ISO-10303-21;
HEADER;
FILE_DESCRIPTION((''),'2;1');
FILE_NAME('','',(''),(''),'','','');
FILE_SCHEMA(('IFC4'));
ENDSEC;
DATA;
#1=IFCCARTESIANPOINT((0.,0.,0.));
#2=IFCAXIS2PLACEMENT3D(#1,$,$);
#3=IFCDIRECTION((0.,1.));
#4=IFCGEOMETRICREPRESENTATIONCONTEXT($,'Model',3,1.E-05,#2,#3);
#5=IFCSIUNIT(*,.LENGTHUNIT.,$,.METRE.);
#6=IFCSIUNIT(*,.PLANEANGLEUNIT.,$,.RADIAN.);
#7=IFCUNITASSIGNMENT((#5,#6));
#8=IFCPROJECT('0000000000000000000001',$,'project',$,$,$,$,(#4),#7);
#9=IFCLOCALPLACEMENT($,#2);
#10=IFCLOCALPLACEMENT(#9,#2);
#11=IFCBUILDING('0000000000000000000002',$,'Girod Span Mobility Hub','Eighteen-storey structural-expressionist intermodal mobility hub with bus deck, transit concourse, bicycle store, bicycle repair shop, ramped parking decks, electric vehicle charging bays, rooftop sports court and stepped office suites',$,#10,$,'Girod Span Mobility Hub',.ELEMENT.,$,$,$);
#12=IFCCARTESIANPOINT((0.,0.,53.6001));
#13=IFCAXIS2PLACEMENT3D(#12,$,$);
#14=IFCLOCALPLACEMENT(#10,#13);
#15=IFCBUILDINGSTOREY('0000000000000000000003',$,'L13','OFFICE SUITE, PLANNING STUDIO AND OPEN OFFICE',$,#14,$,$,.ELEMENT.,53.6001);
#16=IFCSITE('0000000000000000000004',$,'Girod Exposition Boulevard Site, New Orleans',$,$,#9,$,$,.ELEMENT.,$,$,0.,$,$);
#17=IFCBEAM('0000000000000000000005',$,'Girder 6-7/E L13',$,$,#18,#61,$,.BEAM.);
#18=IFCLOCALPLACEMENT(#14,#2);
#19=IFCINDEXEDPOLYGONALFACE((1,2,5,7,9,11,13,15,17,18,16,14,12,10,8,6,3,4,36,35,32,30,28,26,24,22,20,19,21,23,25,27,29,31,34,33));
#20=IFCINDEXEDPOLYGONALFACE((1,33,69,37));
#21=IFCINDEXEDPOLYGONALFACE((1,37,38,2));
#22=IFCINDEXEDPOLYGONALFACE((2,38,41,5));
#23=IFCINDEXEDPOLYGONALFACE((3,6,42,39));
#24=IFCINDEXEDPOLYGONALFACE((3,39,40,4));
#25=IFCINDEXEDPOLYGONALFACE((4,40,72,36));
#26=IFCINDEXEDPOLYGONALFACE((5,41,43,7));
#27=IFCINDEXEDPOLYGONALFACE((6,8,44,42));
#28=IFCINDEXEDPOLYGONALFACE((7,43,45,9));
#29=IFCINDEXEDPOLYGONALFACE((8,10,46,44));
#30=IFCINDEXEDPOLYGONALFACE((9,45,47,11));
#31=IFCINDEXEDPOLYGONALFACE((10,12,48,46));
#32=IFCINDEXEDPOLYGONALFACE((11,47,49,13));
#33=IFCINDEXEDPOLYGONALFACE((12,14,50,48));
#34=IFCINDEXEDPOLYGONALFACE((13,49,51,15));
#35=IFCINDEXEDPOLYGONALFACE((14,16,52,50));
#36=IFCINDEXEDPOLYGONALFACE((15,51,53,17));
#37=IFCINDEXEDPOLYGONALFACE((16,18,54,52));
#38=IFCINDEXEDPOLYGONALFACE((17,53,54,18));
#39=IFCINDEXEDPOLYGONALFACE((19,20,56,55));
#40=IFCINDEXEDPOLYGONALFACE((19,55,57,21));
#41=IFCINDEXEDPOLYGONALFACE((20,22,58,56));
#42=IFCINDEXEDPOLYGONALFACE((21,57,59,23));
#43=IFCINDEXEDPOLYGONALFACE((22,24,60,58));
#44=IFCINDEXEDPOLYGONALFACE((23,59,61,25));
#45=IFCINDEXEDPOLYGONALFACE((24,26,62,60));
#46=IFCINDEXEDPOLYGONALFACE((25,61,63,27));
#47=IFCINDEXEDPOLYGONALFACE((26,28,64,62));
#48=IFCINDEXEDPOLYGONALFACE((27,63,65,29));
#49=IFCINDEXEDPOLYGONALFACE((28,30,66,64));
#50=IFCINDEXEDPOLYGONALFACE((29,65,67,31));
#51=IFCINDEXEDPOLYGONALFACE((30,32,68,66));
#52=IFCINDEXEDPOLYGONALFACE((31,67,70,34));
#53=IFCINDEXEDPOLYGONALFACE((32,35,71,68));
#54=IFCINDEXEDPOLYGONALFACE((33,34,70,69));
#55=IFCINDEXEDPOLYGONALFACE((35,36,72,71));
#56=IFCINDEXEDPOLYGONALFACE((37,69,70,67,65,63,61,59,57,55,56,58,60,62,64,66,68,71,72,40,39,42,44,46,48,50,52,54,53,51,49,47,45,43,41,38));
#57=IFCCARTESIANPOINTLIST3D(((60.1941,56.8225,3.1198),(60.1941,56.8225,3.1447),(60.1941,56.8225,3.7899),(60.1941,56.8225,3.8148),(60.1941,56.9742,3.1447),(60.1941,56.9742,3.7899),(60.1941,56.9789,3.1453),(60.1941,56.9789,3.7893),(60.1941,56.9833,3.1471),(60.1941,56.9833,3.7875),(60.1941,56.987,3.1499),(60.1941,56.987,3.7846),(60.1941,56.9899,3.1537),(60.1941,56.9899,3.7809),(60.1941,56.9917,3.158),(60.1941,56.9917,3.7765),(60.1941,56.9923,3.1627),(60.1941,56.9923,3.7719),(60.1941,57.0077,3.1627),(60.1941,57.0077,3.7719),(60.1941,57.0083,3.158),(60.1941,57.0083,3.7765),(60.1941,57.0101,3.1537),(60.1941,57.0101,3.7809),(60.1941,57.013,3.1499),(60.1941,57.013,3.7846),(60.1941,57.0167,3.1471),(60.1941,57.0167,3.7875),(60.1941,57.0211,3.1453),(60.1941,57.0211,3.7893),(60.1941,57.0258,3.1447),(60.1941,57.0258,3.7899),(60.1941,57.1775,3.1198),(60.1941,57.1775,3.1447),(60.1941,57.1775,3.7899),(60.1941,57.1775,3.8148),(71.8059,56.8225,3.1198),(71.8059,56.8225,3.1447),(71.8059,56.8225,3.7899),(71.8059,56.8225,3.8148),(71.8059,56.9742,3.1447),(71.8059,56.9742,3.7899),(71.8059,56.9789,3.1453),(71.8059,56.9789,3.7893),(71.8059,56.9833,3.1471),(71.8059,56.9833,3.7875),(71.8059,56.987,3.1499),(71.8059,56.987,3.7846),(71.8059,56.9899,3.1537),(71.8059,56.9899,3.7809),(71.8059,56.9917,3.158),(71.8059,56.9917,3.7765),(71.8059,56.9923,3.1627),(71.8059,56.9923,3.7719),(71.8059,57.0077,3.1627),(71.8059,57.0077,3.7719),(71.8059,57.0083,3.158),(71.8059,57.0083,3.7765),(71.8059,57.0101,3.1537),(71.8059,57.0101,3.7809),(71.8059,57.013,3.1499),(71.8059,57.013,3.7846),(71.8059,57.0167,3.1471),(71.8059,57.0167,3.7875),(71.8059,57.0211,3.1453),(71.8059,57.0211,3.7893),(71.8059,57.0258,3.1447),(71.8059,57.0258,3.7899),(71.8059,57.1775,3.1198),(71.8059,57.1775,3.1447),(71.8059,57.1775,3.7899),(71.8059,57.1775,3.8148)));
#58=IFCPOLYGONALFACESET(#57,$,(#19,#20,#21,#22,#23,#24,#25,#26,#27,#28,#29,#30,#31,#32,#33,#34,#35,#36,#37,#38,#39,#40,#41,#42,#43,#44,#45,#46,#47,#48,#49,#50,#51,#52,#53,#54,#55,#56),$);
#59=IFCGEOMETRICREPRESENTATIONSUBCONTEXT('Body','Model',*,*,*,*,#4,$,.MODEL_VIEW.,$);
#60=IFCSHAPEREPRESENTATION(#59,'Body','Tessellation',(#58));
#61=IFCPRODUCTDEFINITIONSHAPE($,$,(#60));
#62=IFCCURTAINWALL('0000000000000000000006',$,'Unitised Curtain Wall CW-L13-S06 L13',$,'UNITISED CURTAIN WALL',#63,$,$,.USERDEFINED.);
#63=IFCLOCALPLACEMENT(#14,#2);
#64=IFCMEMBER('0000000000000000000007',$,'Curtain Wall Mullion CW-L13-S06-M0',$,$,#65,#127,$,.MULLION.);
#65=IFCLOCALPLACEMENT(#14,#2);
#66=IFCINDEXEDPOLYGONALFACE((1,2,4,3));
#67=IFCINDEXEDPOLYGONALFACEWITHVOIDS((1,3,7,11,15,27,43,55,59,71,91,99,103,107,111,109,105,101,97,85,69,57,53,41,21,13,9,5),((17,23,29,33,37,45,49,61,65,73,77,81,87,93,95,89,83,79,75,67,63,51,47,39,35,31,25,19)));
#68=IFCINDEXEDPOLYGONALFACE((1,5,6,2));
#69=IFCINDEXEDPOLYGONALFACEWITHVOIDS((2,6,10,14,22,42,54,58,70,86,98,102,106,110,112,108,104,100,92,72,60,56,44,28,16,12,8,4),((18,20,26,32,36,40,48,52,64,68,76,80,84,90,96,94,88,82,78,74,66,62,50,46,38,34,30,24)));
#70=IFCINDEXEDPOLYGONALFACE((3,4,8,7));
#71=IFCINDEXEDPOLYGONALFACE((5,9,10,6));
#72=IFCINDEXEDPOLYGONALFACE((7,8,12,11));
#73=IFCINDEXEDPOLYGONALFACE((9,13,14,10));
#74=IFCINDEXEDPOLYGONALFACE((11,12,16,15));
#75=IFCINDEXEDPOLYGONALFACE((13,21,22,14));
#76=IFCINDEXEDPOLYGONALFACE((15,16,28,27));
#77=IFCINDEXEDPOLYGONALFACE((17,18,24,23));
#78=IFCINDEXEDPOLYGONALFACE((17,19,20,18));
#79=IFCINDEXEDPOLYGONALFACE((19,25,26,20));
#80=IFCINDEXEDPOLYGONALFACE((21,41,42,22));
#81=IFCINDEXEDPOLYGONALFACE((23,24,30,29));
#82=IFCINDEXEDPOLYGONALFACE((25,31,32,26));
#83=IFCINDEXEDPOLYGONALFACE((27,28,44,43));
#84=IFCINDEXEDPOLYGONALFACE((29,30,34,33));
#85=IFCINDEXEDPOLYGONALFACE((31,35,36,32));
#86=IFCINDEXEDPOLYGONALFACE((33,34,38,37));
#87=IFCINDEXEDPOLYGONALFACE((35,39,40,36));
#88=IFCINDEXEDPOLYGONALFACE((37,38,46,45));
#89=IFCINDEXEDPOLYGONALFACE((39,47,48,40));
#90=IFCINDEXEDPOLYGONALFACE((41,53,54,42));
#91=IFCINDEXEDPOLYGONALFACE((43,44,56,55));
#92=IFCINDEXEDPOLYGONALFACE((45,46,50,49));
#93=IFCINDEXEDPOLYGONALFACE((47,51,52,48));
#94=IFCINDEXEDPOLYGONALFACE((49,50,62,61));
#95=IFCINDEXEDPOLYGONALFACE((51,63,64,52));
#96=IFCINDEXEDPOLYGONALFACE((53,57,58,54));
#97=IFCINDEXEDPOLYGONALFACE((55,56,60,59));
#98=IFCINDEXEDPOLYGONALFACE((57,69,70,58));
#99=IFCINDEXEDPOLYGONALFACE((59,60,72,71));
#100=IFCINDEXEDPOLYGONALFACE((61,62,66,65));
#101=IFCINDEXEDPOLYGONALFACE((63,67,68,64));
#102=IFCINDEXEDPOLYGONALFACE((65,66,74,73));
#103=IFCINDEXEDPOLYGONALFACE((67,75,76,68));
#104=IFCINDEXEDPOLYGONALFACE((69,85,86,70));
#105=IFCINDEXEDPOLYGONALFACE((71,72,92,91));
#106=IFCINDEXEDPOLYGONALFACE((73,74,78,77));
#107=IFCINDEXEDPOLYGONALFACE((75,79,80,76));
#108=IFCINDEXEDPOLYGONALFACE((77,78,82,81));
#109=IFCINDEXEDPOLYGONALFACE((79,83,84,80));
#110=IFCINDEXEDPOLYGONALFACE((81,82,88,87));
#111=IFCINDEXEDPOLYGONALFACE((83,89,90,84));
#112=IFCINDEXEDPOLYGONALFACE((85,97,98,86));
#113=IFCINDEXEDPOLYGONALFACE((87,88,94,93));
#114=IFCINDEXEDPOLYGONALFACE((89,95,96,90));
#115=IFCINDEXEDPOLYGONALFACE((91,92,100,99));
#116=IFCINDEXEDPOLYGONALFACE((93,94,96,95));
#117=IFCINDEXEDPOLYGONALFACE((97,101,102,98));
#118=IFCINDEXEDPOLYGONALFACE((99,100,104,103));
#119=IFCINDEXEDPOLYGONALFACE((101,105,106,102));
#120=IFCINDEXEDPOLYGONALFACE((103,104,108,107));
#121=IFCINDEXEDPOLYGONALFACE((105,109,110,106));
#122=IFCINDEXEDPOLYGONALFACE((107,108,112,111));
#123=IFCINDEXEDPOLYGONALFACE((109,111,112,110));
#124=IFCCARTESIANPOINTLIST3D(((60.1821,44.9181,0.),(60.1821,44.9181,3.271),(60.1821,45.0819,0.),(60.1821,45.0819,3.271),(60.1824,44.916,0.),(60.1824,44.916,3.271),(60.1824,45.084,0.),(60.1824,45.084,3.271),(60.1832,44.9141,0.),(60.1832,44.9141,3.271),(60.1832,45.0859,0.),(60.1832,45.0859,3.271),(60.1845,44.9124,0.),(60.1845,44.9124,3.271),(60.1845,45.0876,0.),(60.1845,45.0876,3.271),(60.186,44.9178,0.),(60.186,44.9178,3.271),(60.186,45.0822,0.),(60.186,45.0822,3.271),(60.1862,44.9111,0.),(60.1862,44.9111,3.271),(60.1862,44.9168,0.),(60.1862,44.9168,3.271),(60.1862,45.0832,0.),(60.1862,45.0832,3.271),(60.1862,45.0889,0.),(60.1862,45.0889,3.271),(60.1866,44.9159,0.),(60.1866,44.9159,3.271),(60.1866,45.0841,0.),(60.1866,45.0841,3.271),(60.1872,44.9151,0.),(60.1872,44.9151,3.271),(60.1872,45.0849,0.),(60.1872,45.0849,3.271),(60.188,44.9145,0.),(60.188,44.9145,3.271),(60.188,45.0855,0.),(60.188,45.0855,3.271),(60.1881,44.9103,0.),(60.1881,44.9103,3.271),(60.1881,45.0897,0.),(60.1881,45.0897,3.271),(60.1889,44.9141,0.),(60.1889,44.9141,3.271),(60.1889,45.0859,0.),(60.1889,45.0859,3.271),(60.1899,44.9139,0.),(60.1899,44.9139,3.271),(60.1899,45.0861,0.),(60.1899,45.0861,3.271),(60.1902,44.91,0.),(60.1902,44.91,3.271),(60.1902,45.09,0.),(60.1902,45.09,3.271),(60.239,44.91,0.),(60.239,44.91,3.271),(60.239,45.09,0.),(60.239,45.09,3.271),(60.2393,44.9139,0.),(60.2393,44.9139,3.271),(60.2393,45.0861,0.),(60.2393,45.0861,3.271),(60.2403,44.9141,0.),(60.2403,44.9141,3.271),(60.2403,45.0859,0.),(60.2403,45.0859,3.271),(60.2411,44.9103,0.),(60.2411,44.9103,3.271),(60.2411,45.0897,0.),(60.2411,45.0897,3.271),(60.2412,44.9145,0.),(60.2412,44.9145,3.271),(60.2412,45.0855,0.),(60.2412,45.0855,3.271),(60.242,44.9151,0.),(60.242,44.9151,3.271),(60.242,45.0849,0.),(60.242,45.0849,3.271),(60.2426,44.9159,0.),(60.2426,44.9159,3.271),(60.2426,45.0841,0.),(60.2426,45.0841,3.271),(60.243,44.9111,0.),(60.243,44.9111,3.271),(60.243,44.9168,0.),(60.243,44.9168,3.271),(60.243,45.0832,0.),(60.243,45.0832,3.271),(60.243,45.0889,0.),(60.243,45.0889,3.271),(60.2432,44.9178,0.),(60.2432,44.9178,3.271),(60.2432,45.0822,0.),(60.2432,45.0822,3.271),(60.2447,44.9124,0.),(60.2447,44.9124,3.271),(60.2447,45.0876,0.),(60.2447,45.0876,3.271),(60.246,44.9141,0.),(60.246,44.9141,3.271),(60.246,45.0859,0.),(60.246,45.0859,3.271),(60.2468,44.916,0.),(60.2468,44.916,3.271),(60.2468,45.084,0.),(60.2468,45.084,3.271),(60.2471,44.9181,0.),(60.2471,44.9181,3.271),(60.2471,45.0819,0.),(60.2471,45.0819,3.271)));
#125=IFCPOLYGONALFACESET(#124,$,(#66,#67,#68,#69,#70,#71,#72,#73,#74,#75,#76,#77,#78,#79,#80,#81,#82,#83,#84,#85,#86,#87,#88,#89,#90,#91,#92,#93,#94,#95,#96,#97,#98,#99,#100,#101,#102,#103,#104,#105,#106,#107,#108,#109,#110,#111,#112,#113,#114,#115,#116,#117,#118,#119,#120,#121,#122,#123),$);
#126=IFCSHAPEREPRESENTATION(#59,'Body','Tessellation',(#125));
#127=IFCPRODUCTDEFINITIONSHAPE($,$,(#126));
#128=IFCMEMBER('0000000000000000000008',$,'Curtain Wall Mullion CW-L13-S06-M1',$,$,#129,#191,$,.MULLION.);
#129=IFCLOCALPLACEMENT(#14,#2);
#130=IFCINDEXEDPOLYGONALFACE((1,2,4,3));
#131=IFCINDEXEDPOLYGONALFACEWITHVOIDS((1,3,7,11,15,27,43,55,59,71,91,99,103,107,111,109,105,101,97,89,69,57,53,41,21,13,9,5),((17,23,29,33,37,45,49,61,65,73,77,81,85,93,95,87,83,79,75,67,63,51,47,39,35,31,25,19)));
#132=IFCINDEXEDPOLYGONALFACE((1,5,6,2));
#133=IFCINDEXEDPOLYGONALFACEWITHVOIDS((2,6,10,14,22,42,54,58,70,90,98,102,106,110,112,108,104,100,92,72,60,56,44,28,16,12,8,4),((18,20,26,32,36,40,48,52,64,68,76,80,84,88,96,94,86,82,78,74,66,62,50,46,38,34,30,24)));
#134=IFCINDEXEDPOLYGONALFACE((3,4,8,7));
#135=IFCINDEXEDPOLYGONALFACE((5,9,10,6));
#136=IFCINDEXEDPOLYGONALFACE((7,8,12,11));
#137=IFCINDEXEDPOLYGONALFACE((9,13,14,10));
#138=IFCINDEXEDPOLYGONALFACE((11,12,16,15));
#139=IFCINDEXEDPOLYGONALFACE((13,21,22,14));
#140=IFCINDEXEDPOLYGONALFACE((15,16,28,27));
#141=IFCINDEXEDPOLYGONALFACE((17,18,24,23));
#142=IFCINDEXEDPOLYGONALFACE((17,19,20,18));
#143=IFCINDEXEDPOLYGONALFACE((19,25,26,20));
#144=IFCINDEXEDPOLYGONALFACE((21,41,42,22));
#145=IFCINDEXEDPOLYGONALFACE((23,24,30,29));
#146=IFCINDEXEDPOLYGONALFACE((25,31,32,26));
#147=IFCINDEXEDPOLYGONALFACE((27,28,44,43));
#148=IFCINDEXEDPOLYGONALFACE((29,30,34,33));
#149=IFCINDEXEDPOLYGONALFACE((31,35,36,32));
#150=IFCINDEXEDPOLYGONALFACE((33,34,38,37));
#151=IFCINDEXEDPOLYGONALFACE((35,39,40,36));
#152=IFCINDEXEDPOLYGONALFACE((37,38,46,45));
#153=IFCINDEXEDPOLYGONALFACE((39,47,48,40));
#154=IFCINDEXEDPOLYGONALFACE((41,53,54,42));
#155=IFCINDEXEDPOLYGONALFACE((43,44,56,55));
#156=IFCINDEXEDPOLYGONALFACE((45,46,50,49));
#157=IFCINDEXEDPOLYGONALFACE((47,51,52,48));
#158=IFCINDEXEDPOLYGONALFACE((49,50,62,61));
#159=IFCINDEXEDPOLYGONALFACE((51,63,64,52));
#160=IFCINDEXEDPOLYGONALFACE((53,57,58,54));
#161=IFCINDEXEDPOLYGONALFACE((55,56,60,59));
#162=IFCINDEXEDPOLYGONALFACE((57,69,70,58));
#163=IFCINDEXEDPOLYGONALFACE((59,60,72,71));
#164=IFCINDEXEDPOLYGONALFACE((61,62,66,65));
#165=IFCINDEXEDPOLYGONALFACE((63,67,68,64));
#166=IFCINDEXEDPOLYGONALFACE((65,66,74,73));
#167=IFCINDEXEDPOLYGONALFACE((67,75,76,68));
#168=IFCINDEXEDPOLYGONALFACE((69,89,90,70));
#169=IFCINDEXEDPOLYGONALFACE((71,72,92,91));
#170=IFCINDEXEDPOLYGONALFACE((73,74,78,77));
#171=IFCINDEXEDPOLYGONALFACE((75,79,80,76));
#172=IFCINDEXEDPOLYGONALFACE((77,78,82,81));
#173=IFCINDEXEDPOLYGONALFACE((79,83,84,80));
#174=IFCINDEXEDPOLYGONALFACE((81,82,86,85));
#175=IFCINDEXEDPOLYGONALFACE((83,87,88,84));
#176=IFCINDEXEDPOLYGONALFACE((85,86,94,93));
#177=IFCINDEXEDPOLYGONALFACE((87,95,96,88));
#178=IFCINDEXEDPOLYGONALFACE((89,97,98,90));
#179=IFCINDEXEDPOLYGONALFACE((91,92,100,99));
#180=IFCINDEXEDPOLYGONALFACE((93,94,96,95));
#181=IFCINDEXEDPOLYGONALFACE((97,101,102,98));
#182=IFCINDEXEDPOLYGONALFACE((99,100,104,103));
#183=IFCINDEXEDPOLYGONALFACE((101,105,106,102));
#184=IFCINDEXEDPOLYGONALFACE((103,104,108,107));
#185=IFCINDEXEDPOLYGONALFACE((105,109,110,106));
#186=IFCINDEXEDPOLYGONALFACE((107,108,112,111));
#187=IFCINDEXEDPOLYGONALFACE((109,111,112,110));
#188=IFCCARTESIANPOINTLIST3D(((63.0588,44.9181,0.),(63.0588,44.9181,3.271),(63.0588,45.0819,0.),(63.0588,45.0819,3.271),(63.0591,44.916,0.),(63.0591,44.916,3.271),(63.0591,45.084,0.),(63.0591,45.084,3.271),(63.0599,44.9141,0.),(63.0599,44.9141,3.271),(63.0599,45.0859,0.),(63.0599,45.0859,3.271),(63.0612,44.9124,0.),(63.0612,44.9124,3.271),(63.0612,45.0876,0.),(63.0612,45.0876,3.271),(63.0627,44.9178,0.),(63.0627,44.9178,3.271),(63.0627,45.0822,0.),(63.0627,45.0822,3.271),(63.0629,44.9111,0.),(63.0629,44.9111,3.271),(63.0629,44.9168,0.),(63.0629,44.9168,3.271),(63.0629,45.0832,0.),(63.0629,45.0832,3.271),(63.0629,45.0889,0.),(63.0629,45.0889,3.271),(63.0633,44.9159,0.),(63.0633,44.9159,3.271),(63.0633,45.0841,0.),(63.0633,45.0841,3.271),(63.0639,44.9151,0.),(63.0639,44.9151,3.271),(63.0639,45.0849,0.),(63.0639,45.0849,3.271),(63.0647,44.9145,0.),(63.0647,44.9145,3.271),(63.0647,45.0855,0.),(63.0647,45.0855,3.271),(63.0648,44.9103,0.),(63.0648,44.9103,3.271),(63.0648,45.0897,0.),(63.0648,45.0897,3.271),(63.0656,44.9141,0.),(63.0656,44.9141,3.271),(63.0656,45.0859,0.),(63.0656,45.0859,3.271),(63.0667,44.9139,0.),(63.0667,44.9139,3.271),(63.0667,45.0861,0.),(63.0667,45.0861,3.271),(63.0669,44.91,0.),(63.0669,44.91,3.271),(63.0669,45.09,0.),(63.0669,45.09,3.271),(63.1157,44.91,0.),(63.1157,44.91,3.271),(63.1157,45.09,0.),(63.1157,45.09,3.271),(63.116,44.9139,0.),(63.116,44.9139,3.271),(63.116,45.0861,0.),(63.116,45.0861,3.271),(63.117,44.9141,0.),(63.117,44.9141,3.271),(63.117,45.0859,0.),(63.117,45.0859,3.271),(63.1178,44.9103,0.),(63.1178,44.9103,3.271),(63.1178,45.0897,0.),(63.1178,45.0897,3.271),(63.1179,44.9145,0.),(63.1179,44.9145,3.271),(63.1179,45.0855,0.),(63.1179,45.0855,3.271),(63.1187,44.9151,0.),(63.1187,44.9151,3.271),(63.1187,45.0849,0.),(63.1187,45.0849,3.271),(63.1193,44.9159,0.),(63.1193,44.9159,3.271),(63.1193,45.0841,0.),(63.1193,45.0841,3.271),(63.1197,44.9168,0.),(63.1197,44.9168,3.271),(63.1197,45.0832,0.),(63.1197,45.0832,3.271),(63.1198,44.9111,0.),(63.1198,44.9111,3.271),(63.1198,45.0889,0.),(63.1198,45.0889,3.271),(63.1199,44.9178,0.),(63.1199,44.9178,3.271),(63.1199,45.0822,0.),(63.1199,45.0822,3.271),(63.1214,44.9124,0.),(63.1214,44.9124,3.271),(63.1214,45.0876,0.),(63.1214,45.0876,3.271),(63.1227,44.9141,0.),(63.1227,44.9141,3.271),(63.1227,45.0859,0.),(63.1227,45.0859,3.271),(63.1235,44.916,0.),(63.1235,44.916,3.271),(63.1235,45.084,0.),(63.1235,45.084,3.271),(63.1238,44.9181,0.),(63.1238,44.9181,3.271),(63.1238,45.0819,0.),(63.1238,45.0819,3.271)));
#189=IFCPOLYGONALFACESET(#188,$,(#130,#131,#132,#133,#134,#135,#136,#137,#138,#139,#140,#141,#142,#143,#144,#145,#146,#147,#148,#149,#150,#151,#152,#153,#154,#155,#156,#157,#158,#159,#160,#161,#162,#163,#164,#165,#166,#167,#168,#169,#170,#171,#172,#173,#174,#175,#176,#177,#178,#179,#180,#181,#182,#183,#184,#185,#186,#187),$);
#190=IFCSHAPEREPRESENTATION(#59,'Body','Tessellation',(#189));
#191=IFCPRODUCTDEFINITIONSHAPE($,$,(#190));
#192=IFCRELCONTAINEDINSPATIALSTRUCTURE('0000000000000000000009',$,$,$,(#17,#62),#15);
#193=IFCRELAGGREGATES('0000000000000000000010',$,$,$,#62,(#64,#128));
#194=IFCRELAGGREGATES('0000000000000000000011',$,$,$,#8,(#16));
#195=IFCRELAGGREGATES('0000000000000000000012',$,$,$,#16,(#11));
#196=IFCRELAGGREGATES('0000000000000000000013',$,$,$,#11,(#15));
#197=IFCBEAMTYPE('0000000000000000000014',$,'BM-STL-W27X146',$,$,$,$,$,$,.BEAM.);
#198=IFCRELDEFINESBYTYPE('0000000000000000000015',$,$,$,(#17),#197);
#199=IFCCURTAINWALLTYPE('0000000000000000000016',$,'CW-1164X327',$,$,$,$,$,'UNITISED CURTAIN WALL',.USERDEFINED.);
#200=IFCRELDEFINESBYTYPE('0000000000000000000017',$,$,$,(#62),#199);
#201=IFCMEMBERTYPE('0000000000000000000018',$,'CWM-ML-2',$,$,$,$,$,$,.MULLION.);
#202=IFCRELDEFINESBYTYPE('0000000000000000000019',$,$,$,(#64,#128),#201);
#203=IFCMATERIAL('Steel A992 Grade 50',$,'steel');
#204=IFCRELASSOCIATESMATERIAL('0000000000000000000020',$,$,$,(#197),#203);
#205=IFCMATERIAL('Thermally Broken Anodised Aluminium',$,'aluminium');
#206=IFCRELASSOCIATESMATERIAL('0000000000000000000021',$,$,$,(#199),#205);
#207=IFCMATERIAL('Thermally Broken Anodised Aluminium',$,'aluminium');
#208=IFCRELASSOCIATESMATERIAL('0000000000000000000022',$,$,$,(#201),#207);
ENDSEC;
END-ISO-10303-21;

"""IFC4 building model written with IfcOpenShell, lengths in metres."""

from ifc_helpers import new_model, si_unit, direction, frame, origin, origin_2d, place, context, subcontext, project, spatial, hollow_rectangle, i_section, extrude, material, material_profile, profile_set, type_object, element, aggregate, save


model = new_model("IFC4")

# Units and contexts
model_context = context("Model", 3, precision=1e-05, world=origin(), true_north=direction((0.0, 1.0)))
body_context = subcontext(model_context, "Body", "Model", "MODEL_VIEW")
ifc_project = project(units=[si_unit("LENGTHUNIT", "METRE"), si_unit("PLANEANGLEUNIT", "RADIAN")], contexts=[model_context])

# Site, building, storey
site_placement = place(None, origin())
site = spatial("IfcSite", under=ifc_project, at=site_placement, Name="Girod Exposition Boulevard Site, New Orleans", CompositionType="ELEMENT", RefElevation=0.0)
building_placement = place(site_placement, origin())
building = spatial("IfcBuilding", under=site, at=building_placement, Name="Girod Span Mobility Hub", Description="Eighteen-storey structural-expressionist intermodal mobility hub with bus deck, transit concourse, bicycle store, bicycle repair shop, ramped parking decks, electric vehicle charging bays, rooftop sports court and stepped office suites", LongName="Girod Span Mobility Hub", CompositionType="ELEMENT")
storey_placement = place(building_placement, frame((0.0, 0.0, 53.6001)))
storey = spatial("IfcBuildingStorey", under=building, at=storey_placement, Name="L13", Description="OFFICE SUITE, PLANNING STUDIO AND OPEN OFFICE", CompositionType="ELEMENT", Elevation=53.6001)

# Beam
ifc_material_1 = material(Name="Steel A992 Grade 50", Category="steel")
ifc_material_profile_1 = material_profile(ifc_material_1, i_section(OverallWidth=0.355, OverallDepth=0.6951, WebThickness=0.0154, FlangeThickness=0.0249, FilletRadius=0.0181, at=origin_2d()), Name="W27X146")
ifc_profile_set_1 = profile_set([ifc_material_profile_1], Name="Steel A992 Grade 50")
beam_type_1 = type_object("IfcBeamType", Name="BM-STL-W27X146", PredefinedType="BEAM", material=ifc_profile_set_1)
beam_placement = place(storey_placement, frame((60.1941, 57.0, 3.4673), z_axis=(1.0, 0.0, 0.0), x_axis=(0.0, 1.0, 0.0)))
element("IfcBeam", 1, at=beam_placement, inside=storey, type_object=beam_type_1, Name="Girder 6-7/E L13", PredefinedType="BEAM", context=body_context, shape_type="SweptSolid", body=[
    extrude(i_section(OverallWidth=0.355, OverallDepth=0.6951, WebThickness=0.0154, FlangeThickness=0.0249, FilletRadius=0.0181, at=origin_2d()), origin(), (0.0, 0.0, 1.0), 11.6118),
])

# Curtain wall, members
ifc_material_2 = material(Name="Thermally Broken Anodised Aluminium", Category="aluminium")
curtain_wall_type = type_object("IfcCurtainWallType", Name="CW-1164X327", ElementType="UNITISED CURTAIN WALL", PredefinedType="USERDEFINED", material=ifc_material_2)
curtain_wall_placement = place(storey_placement, origin())
curtain_wall = element("IfcCurtainWall", 2, at=curtain_wall_placement, inside=storey, type_object=curtain_wall_type, Name="Unitised Curtain Wall CW-L13-S06 L13", ObjectType="UNITISED CURTAIN WALL", PredefinedType="USERDEFINED")
ifc_material_3 = material(Name="Thermally Broken Anodised Aluminium", Category="aluminium")
ifc_material_profile_2 = material_profile(ifc_material_3, hollow_rectangle(XDim=0.1799, YDim=0.0649, WallThickness=0.0039, InnerFilletRadius=0.0039, OuterFilletRadius=0.0081, at=origin_2d()), Name="CW-ML-65X180")
ifc_profile_set_2 = profile_set([ifc_material_profile_2], Name="Thermally Broken Anodised Aluminium")
member_type = type_object("IfcMemberType", Name="CWM-ML-2", PredefinedType="MULLION", material=ifc_profile_set_2)
member_1_placement = place(storey_placement, frame((60.2146, 45.0, 0.0), z_axis=(0.0, 0.0, 1.0), x_axis=(0.0, 1.0, 0.0)))
member_1 = element("IfcMember", 3, at=member_1_placement, type_object=member_type, Name="Curtain Wall Mullion CW-L13-S06-M0", PredefinedType="MULLION", context=body_context, shape_type="SweptSolid", body=[
    extrude(hollow_rectangle(XDim=0.1799, YDim=0.0649, WallThickness=0.0039, InnerFilletRadius=0.0039, OuterFilletRadius=0.0081, at=origin_2d()), origin(), (0.0, 0.0, 1.0), 3.271),
])
member_2_placement = place(storey_placement, frame((63.0913, 45.0, 0.0), z_axis=(0.0, 0.0, 1.0), x_axis=(0.0, 1.0, 0.0)))
member_2 = element("IfcMember", 4, at=member_2_placement, type_object=member_type, Name="Curtain Wall Mullion CW-L13-S06-M1", PredefinedType="MULLION", context=body_context, shape_type="SweptSolid", body=[
    extrude(hollow_rectangle(XDim=0.1799, YDim=0.0649, WallThickness=0.0039, InnerFilletRadius=0.0039, OuterFilletRadius=0.0081, at=origin_2d()), origin(), (0.0, 0.0, 1.0), 3.271),
])
aggregate(curtain_wall, [member_1, member_2])

save(model, "model.ifc")
